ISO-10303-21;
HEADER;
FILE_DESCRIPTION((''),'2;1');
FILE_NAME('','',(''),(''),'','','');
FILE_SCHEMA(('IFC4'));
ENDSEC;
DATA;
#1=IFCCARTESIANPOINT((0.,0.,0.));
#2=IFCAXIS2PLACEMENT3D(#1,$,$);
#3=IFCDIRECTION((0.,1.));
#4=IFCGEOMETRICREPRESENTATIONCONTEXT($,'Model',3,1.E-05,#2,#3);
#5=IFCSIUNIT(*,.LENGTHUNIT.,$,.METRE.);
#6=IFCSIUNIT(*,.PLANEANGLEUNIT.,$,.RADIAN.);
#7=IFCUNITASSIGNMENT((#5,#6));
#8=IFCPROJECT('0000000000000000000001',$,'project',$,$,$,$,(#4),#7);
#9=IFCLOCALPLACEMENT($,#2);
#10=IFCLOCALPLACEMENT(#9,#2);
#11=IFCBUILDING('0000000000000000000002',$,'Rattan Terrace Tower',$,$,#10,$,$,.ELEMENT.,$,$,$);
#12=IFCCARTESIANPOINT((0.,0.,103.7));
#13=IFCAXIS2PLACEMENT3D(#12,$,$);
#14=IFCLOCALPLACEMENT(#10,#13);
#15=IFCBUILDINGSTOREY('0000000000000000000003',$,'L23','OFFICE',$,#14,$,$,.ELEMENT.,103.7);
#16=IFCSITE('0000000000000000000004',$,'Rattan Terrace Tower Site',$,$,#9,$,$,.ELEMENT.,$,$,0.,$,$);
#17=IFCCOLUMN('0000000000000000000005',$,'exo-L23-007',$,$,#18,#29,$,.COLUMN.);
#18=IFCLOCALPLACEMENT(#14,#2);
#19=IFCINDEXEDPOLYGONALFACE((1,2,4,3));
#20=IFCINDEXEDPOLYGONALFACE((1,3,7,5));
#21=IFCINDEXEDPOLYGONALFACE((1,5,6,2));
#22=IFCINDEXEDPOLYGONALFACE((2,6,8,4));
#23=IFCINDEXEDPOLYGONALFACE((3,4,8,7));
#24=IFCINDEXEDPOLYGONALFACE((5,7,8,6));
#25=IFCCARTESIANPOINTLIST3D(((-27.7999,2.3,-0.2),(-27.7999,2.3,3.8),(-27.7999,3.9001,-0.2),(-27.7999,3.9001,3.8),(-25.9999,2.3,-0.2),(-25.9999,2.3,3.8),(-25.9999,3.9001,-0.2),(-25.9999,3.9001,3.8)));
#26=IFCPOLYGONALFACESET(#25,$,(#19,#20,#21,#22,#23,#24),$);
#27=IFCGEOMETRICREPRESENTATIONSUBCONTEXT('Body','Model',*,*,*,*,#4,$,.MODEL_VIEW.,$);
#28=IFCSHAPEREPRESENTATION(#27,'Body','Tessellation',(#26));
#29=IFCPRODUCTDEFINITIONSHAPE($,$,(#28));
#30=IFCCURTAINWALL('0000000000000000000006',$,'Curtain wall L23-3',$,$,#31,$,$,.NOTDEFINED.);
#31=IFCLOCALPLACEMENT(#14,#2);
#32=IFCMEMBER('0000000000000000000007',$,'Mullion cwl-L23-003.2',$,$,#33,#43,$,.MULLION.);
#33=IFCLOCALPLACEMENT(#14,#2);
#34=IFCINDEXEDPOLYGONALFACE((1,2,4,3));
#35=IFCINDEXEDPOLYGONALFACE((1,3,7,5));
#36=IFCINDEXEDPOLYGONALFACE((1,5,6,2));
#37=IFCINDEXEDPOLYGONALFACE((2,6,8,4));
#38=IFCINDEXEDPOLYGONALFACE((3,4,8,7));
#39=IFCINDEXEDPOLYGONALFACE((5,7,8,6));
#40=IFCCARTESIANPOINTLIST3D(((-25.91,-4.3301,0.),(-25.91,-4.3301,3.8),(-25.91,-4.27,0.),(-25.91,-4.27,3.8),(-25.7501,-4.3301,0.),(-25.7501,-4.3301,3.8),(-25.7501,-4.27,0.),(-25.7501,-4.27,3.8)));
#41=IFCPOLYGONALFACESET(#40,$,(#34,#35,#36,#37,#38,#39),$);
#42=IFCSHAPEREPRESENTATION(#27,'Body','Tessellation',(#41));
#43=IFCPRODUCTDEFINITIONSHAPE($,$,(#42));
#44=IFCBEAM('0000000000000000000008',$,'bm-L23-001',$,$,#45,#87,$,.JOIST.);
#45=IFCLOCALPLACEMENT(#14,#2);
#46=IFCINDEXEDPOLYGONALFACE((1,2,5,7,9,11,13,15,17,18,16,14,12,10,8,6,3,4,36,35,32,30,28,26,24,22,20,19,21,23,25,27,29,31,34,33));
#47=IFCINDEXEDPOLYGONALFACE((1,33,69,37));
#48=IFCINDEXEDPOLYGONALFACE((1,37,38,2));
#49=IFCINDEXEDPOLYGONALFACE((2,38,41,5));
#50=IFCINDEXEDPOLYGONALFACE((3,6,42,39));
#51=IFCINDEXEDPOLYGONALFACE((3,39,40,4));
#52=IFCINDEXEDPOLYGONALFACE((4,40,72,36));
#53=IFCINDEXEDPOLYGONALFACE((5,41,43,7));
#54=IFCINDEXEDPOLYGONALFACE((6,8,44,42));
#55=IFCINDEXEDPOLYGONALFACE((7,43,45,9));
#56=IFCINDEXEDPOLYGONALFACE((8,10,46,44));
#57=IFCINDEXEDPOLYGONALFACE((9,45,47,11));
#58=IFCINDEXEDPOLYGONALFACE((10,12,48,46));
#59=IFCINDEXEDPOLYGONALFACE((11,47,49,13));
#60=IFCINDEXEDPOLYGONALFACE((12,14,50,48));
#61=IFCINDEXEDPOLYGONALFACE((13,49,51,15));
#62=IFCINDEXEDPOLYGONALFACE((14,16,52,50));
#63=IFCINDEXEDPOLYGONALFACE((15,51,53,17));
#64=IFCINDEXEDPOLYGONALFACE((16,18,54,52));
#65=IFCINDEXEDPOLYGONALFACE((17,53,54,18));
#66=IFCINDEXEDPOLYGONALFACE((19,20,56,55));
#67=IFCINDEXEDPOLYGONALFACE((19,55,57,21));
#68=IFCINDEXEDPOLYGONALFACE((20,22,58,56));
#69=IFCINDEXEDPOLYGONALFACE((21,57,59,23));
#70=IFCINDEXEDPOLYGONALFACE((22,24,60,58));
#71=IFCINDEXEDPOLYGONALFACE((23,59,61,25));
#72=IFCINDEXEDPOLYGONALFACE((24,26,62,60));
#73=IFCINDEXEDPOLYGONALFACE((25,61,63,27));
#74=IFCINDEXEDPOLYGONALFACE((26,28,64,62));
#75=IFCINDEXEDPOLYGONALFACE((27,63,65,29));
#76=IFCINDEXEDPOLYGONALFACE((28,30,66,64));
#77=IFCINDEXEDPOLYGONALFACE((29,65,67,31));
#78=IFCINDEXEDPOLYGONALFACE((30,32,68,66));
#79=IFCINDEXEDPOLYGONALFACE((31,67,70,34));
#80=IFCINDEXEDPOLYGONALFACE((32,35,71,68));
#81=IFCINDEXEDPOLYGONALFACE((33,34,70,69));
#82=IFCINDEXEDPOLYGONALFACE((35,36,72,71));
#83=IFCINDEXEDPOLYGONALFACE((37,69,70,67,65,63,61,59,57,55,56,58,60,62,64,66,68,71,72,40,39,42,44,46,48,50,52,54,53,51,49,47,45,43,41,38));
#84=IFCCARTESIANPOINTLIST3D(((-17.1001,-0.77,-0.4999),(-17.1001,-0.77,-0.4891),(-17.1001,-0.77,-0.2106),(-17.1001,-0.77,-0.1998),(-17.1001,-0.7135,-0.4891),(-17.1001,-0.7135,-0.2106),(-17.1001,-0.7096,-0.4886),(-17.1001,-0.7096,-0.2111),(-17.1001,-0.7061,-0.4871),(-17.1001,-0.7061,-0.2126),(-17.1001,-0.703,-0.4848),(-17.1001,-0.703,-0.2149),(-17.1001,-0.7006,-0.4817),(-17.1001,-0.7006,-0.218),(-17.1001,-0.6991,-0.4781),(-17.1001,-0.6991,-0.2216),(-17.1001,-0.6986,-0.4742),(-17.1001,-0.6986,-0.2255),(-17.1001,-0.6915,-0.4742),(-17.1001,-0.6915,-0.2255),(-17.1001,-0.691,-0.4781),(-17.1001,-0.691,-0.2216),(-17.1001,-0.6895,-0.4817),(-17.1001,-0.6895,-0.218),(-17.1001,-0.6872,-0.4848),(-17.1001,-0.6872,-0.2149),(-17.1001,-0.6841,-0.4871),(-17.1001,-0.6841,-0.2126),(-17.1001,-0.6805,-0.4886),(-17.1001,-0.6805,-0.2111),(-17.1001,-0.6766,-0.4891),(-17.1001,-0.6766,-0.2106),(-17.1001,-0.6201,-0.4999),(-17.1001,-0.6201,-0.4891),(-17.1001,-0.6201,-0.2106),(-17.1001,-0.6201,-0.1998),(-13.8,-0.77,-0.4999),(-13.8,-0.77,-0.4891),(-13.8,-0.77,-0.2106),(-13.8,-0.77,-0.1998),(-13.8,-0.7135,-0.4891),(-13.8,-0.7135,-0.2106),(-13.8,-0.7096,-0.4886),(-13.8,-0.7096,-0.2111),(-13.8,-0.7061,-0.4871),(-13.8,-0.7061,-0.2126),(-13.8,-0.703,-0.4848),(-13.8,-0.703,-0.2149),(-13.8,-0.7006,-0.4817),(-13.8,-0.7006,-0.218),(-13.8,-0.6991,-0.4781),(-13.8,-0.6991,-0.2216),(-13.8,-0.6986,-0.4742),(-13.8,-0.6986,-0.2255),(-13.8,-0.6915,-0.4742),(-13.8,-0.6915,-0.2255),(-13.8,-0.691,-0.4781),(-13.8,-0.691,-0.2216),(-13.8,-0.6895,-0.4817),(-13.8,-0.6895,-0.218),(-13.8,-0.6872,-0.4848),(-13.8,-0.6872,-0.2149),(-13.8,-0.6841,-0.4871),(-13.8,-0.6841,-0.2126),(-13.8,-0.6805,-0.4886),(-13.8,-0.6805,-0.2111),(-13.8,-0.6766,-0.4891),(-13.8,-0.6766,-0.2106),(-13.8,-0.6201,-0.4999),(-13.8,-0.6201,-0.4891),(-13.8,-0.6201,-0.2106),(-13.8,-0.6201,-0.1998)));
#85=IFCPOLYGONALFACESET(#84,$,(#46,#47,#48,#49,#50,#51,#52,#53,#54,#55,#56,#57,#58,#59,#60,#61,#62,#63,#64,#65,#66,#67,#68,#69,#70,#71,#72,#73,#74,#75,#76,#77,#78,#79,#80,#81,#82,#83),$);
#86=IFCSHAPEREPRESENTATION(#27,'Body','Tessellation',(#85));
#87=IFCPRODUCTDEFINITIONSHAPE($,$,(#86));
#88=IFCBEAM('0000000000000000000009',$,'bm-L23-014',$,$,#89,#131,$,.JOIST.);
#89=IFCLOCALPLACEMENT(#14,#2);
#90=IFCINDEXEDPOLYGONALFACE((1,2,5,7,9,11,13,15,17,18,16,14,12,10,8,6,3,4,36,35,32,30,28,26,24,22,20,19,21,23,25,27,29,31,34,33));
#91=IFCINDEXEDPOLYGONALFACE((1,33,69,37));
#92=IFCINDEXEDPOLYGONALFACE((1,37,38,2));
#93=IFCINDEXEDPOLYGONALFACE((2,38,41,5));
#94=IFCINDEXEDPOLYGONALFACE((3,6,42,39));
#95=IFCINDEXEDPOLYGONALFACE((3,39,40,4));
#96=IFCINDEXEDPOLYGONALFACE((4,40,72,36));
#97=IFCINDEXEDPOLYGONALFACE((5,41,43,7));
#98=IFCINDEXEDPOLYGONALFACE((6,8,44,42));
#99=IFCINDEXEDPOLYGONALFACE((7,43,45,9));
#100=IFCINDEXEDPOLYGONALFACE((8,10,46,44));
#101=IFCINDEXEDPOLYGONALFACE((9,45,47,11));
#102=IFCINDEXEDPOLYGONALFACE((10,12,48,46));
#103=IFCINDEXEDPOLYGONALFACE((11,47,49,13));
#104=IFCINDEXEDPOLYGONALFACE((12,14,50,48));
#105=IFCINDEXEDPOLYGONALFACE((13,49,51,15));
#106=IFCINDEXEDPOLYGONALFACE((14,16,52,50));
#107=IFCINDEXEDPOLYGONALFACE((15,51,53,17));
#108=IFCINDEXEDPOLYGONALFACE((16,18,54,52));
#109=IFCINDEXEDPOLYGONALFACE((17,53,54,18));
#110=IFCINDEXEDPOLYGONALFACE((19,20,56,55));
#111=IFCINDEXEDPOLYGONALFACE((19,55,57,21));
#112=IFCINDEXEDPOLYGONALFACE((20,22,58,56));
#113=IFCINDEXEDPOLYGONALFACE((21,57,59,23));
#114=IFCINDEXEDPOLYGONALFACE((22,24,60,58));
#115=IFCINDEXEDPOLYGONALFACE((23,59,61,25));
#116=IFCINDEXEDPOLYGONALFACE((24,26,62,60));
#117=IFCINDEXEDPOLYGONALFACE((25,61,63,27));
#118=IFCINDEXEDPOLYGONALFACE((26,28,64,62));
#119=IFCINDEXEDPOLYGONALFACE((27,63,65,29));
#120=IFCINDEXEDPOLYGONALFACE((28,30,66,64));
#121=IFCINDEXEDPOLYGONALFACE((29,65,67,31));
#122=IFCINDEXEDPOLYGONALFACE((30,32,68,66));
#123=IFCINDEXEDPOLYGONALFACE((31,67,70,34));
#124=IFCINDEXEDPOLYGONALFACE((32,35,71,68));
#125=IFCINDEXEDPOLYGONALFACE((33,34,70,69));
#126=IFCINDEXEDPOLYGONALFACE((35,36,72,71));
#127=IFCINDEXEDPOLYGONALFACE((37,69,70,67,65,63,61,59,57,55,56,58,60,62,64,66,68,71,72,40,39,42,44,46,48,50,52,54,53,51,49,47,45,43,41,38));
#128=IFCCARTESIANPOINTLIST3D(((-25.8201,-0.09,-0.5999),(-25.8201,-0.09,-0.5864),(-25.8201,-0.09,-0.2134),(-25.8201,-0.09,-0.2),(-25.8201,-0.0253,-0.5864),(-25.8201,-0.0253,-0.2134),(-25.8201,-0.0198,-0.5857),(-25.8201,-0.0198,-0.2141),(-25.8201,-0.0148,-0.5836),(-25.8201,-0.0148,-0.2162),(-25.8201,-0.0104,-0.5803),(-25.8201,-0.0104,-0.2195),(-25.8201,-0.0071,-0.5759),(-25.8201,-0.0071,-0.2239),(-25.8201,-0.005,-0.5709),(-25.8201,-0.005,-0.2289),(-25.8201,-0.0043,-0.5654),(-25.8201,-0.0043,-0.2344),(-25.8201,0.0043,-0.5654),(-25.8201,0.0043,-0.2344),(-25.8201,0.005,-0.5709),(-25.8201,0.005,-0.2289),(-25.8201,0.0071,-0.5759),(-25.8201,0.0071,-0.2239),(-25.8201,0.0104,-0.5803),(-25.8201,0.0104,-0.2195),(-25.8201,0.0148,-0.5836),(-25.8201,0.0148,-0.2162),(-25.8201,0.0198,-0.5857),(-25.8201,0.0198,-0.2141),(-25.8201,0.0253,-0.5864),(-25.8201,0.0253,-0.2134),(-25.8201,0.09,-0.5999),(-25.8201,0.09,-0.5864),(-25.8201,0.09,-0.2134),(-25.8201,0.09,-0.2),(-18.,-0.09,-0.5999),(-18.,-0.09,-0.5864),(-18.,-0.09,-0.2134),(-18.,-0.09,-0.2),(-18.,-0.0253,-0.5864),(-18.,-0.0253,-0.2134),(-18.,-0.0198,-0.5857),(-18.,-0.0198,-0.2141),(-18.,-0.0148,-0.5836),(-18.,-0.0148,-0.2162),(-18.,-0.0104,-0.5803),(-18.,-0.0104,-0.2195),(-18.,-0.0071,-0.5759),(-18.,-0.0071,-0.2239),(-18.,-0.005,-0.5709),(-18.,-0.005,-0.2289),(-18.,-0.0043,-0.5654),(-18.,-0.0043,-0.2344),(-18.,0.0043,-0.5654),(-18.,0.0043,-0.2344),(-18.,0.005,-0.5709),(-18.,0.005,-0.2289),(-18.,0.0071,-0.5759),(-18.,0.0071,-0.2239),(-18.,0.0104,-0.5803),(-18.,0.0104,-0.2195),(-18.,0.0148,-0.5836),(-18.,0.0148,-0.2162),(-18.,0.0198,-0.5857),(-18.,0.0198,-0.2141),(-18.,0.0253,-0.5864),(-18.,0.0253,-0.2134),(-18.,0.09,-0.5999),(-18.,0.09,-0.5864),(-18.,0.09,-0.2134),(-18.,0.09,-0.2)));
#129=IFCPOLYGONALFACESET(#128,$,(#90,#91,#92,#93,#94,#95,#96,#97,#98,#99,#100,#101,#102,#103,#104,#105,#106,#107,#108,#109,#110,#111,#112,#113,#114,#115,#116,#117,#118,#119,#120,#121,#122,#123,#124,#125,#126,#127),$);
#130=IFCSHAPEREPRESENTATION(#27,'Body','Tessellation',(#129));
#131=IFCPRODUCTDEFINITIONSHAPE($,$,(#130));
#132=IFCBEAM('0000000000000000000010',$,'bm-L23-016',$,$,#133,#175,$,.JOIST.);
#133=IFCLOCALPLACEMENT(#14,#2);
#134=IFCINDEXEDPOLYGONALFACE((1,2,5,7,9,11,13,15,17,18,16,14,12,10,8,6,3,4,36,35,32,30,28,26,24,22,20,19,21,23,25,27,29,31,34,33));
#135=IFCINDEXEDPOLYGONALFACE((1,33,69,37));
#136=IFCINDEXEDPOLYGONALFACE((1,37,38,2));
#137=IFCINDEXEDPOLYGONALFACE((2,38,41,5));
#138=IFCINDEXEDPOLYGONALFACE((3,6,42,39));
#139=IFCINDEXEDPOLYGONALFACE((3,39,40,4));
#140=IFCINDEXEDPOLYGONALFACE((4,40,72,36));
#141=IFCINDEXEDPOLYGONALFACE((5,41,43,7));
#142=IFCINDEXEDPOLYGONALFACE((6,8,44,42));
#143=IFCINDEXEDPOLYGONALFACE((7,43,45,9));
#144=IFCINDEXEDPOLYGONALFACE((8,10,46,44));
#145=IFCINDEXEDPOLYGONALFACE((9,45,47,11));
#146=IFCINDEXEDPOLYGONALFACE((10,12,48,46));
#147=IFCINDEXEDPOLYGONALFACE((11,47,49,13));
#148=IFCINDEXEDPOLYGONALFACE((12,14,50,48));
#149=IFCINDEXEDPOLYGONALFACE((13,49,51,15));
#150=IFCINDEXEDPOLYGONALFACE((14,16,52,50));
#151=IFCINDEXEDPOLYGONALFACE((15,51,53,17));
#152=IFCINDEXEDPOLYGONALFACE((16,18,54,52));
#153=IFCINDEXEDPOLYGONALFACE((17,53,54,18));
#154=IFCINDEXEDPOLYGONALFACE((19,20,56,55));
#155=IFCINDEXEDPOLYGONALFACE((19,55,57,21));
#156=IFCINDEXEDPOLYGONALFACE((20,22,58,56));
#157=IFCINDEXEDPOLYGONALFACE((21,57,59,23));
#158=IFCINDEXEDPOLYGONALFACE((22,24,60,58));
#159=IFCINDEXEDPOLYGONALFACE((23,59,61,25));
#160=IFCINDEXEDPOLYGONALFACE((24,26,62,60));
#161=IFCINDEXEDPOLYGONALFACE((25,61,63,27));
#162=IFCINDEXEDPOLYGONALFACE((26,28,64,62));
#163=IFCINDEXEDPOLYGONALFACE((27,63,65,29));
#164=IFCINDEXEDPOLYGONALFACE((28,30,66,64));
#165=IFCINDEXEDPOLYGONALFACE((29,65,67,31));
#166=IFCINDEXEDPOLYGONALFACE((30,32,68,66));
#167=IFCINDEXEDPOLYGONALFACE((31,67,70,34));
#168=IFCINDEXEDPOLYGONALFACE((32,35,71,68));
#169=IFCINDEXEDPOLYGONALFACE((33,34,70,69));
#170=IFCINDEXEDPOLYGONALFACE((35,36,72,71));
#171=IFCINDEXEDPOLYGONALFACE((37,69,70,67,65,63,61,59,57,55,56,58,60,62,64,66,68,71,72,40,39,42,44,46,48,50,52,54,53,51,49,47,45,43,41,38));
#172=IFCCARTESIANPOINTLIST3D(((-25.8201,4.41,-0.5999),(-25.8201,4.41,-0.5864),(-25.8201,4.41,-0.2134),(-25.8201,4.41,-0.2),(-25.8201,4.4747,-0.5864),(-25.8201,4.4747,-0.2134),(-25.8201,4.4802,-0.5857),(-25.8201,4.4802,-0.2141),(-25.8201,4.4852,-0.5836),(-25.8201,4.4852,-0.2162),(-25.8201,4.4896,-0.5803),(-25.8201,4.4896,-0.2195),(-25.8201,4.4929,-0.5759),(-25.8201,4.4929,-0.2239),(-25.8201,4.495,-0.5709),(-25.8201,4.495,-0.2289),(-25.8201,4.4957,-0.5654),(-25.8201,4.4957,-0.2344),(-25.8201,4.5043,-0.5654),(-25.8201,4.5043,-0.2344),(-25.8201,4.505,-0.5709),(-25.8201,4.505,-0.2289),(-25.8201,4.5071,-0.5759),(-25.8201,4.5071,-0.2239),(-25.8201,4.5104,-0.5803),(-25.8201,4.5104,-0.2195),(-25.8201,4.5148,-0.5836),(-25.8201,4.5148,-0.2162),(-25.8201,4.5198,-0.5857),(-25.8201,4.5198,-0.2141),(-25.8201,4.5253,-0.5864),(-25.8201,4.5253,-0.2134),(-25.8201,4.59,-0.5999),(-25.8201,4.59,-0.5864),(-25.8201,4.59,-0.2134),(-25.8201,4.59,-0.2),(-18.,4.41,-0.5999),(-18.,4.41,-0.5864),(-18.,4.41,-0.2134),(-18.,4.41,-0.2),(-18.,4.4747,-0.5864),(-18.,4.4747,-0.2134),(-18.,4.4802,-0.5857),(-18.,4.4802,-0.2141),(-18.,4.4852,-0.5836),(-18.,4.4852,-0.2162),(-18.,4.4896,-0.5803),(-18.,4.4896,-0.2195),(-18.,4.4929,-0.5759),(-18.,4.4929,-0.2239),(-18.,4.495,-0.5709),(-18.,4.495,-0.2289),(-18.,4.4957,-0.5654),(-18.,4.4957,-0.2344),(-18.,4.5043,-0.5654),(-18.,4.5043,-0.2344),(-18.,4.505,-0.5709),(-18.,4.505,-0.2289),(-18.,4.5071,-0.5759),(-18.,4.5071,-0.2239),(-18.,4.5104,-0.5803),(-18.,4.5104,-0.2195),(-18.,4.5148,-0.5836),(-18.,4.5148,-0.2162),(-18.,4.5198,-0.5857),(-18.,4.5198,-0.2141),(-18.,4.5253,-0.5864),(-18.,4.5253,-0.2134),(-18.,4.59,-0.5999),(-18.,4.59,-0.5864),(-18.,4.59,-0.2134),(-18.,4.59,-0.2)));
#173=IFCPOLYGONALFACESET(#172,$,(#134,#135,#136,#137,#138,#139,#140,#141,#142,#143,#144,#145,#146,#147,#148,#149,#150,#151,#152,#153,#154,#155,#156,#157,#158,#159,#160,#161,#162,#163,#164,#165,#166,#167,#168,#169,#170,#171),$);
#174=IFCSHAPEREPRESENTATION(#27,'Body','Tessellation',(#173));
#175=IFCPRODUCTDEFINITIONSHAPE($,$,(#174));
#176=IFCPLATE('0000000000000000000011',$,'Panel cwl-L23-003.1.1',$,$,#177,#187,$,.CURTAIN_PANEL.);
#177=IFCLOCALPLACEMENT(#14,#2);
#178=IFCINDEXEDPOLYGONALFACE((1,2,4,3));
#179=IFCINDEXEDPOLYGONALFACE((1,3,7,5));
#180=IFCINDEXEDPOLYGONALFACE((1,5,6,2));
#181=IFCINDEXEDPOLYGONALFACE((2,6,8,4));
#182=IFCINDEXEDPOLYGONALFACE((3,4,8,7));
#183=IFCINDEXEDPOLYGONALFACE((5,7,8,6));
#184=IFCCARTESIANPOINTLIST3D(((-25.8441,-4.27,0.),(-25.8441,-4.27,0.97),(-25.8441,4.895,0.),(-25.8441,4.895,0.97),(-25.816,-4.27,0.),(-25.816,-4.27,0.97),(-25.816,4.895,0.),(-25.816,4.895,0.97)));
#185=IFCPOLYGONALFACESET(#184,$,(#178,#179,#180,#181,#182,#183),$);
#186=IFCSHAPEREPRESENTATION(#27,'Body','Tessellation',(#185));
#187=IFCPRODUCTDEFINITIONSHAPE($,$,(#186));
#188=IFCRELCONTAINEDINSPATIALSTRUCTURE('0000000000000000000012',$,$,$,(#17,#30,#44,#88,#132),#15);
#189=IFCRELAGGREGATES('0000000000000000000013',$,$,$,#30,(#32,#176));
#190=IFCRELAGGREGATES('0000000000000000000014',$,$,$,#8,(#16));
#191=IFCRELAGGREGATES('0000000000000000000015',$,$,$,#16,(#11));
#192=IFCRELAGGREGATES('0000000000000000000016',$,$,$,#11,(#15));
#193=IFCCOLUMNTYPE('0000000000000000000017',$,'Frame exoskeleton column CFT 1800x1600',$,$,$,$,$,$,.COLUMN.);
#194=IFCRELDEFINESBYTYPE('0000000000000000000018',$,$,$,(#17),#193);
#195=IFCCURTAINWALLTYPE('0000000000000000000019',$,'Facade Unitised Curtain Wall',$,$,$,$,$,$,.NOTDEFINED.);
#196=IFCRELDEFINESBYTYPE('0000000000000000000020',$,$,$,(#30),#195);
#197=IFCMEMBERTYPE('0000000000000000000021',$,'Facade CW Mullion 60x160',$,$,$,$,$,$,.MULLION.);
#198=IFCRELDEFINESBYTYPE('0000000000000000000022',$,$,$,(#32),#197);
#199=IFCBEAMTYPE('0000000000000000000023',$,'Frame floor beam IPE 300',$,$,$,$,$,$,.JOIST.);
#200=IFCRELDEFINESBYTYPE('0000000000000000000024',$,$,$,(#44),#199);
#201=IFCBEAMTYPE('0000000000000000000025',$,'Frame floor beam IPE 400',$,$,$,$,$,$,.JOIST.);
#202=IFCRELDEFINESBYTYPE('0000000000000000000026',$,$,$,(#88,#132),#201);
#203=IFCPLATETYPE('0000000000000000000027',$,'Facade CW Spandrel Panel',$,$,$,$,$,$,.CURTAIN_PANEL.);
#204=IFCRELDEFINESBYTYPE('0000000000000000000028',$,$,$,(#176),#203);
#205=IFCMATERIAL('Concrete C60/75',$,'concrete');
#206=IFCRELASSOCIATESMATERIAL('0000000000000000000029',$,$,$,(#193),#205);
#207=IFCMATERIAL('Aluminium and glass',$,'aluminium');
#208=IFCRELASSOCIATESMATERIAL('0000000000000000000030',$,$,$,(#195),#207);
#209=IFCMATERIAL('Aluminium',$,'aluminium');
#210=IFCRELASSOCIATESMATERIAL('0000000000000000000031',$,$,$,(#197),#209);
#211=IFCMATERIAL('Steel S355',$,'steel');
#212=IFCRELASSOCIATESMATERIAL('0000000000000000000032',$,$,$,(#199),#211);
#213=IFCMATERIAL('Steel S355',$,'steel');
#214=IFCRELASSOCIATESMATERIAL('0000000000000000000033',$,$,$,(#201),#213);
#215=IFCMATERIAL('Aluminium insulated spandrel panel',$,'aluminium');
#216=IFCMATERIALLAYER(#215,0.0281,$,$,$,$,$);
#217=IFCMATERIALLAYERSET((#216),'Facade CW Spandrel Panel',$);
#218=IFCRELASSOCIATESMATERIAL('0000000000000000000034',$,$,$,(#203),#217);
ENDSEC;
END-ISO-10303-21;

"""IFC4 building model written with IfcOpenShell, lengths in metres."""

from ifc_helpers import new_model, si_unit, direction, frame, origin, origin_2d, place, context, subcontext, project, spatial, rectangle, i_section, extrude, material, layer, layer_set, material_profile, profile_set, type_object, element, aggregate, save


model = new_model("IFC4")

# Units and contexts
model_context = context("Model", 3, precision=1e-05, world=origin(), true_north=direction((0.0, 1.0)))
body_context = subcontext(model_context, "Body", "Model", "MODEL_VIEW")
ifc_project = project(units=[si_unit("LENGTHUNIT", "METRE"), si_unit("PLANEANGLEUNIT", "RADIAN")], contexts=[model_context])

# Site, building, storey
site_placement = place(None, origin())
site = spatial("IfcSite", under=ifc_project, at=site_placement, Name="Rattan Terrace Tower Site", CompositionType="ELEMENT", RefElevation=0.0)
building_placement = place(site_placement, origin())
building = spatial("IfcBuilding", under=site, at=building_placement, Name="Rattan Terrace Tower", CompositionType="ELEMENT")
storey_placement = place(building_placement, frame((0.0, 0.0, 103.7)))
storey = spatial("IfcBuildingStorey", under=building, at=storey_placement, Name="L23", Description="OFFICE", CompositionType="ELEMENT", Elevation=103.7)

# Column
ifc_material_1 = material(Name="Concrete C60/75", Category="concrete")
ifc_material_profile_1 = material_profile(ifc_material_1, rectangle(XDim=1.6001, YDim=1.8, at=origin_2d()), Name="CFT 1800x1600")
ifc_profile_set_1 = profile_set([ifc_material_profile_1], Name="Concrete C60/75")
column_type = type_object("IfcColumnType", Name="Frame exoskeleton column CFT 1800x1600", PredefinedType="COLUMN", material=ifc_profile_set_1)
column_placement = place(storey_placement, frame((-26.8999, 3.1001, -0.2), z_axis=(0.0, 0.0, 1.0), x_axis=(0.0, 1.0, 0.0)))
element("IfcColumn", 1, at=column_placement, inside=storey, type_object=column_type, Name="exo-L23-007", PredefinedType="COLUMN", context=body_context, shape_type="SweptSolid", body=[
    extrude(rectangle(XDim=1.6001, YDim=1.8, at=origin_2d()), origin(), (0.0, 0.0, 1.0), 4.0),
])

# Curtain wall, member
ifc_material_2 = material(Name="Aluminium and glass", Category="aluminium")
curtain_wall_type = type_object("IfcCurtainWallType", Name="Facade Unitised Curtain Wall", PredefinedType="NOTDEFINED", material=ifc_material_2)
curtain_wall_placement = place(storey_placement, origin())
curtain_wall = element("IfcCurtainWall", 2, at=curtain_wall_placement, inside=storey, type_object=curtain_wall_type, Name="Curtain wall L23-3", PredefinedType="NOTDEFINED")
ifc_material_3 = material(Name="Aluminium", Category="aluminium")
ifc_material_profile_2 = material_profile(ifc_material_3, rectangle(XDim=0.0601, YDim=0.1599, at=origin_2d()), Name="Aluminium 60x160")
ifc_profile_set_2 = profile_set([ifc_material_profile_2], Name="Aluminium")
member_type = type_object("IfcMemberType", Name="Facade CW Mullion 60x160", PredefinedType="MULLION", material=ifc_profile_set_2)
member_placement = place(storey_placement, frame((-25.8301, -4.3, 0.0), z_axis=(0.0, 0.0, 1.0), x_axis=(0.0, -1.0, 0.0)))
member = element("IfcMember", 3, at=member_placement, type_object=member_type, Name="Mullion cwl-L23-003.2", PredefinedType="MULLION", context=body_context, shape_type="SweptSolid", body=[
    extrude(rectangle(XDim=0.0601, YDim=0.1599, at=origin_2d()), origin(), (0.0, 0.0, 1.0), 3.8),
])

# Beams
ifc_material_4 = material(Name="Steel S355", Category="steel")
ifc_material_profile_3 = material_profile(ifc_material_4, i_section(OverallWidth=0.1499, OverallDepth=0.3, WebThickness=0.0071, FlangeThickness=0.0107, FilletRadius=0.0149, at=origin_2d()), Name="IPE 300")
ifc_profile_set_3 = profile_set([ifc_material_profile_3], Name="Steel S355")
beam_type_1 = type_object("IfcBeamType", Name="Frame floor beam IPE 300", PredefinedType="JOIST", material=ifc_profile_set_3)
beam_placement = place(storey_placement, frame((-17.1001, -0.6951, -0.3499), z_axis=(1.0, 0.0, 0.0), x_axis=(0.0, 1.0, 0.0)))
element("IfcBeam", 4, at=beam_placement, inside=storey, type_object=beam_type_1, Name="bm-L23-001", PredefinedType="JOIST", context=body_context, shape_type="SweptSolid", body=[
    extrude(i_section(OverallWidth=0.1499, OverallDepth=0.3, WebThickness=0.0071, FlangeThickness=0.0107, FilletRadius=0.0149, at=origin_2d()), origin(), (0.0, 0.0, 1.0), 3.3),
])
ifc_material_5 = material(Name="Steel S355", Category="steel")
ifc_material_profile_4 = material_profile(ifc_material_5, i_section(OverallWidth=0.1799, OverallDepth=0.3999, WebThickness=0.0085, FlangeThickness=0.0134, FilletRadius=0.021, at=origin_2d()), Name="IPE 400")
ifc_profile_set_4 = profile_set([ifc_material_profile_4], Name="Steel S355")
beam_type_2 = type_object("IfcBeamType", Name="Frame floor beam IPE 400", PredefinedType="JOIST", material=ifc_profile_set_4)
for number, where, z_axis, x_axis, name in (
    (5, (-25.8201, 0.0, -0.3999), (1.0, 0.0, 0.0), (0.0, 1.0, 0.0), "bm-L23-014"),
    (6, (-25.8201, 4.5, -0.3999), (1.0, 0.0, 0.0), (0.0, 1.0, 0.0), "bm-L23-016"),
):
    element("IfcBeam", number, at=place(storey_placement, frame(where, z_axis=z_axis, x_axis=x_axis)), inside=storey, type_object=beam_type_2, Name=name, PredefinedType="JOIST", context=body_context, shape_type="SweptSolid", body=[
        extrude(i_section(OverallWidth=0.1799, OverallDepth=0.3999, WebThickness=0.0085, FlangeThickness=0.0134, FilletRadius=0.021, at=origin_2d()), origin(), (0.0, 0.0, 1.0), 7.8201),
    ])

# Plate
ifc_material_6 = material(Name="Aluminium insulated spandrel panel", Category="aluminium")
ifc_layer_1 = layer(ifc_material_6, 0.0281)
ifc_layer_set_1 = layer_set([ifc_layer_1], Name="Facade CW Spandrel Panel")
plate_type_1 = type_object("IfcPlateType", Name="Facade CW Spandrel Panel", PredefinedType="CURTAIN_PANEL", material=ifc_layer_set_1)
plate_1_placement = place(storey_placement, frame((-25.8301, 0.3125, 0.0), z_axis=(0.0, 0.0, 1.0), x_axis=(0.0, -1.0, 0.0)))
plate_1 = element("IfcPlate", 7, at=plate_1_placement, type_object=plate_type_1, Name="Panel cwl-L23-003.1.1", PredefinedType="CURTAIN_PANEL", context=body_context, shape_type="SweptSolid", body=[
    extrude(rectangle(XDim=9.165, YDim=0.0281, at=origin_2d()), origin(), (0.0, 0.0, 1.0), 0.97),
])
aggregate(curtain_wall, [member, plate_1])

save(model, "model.ifc")
